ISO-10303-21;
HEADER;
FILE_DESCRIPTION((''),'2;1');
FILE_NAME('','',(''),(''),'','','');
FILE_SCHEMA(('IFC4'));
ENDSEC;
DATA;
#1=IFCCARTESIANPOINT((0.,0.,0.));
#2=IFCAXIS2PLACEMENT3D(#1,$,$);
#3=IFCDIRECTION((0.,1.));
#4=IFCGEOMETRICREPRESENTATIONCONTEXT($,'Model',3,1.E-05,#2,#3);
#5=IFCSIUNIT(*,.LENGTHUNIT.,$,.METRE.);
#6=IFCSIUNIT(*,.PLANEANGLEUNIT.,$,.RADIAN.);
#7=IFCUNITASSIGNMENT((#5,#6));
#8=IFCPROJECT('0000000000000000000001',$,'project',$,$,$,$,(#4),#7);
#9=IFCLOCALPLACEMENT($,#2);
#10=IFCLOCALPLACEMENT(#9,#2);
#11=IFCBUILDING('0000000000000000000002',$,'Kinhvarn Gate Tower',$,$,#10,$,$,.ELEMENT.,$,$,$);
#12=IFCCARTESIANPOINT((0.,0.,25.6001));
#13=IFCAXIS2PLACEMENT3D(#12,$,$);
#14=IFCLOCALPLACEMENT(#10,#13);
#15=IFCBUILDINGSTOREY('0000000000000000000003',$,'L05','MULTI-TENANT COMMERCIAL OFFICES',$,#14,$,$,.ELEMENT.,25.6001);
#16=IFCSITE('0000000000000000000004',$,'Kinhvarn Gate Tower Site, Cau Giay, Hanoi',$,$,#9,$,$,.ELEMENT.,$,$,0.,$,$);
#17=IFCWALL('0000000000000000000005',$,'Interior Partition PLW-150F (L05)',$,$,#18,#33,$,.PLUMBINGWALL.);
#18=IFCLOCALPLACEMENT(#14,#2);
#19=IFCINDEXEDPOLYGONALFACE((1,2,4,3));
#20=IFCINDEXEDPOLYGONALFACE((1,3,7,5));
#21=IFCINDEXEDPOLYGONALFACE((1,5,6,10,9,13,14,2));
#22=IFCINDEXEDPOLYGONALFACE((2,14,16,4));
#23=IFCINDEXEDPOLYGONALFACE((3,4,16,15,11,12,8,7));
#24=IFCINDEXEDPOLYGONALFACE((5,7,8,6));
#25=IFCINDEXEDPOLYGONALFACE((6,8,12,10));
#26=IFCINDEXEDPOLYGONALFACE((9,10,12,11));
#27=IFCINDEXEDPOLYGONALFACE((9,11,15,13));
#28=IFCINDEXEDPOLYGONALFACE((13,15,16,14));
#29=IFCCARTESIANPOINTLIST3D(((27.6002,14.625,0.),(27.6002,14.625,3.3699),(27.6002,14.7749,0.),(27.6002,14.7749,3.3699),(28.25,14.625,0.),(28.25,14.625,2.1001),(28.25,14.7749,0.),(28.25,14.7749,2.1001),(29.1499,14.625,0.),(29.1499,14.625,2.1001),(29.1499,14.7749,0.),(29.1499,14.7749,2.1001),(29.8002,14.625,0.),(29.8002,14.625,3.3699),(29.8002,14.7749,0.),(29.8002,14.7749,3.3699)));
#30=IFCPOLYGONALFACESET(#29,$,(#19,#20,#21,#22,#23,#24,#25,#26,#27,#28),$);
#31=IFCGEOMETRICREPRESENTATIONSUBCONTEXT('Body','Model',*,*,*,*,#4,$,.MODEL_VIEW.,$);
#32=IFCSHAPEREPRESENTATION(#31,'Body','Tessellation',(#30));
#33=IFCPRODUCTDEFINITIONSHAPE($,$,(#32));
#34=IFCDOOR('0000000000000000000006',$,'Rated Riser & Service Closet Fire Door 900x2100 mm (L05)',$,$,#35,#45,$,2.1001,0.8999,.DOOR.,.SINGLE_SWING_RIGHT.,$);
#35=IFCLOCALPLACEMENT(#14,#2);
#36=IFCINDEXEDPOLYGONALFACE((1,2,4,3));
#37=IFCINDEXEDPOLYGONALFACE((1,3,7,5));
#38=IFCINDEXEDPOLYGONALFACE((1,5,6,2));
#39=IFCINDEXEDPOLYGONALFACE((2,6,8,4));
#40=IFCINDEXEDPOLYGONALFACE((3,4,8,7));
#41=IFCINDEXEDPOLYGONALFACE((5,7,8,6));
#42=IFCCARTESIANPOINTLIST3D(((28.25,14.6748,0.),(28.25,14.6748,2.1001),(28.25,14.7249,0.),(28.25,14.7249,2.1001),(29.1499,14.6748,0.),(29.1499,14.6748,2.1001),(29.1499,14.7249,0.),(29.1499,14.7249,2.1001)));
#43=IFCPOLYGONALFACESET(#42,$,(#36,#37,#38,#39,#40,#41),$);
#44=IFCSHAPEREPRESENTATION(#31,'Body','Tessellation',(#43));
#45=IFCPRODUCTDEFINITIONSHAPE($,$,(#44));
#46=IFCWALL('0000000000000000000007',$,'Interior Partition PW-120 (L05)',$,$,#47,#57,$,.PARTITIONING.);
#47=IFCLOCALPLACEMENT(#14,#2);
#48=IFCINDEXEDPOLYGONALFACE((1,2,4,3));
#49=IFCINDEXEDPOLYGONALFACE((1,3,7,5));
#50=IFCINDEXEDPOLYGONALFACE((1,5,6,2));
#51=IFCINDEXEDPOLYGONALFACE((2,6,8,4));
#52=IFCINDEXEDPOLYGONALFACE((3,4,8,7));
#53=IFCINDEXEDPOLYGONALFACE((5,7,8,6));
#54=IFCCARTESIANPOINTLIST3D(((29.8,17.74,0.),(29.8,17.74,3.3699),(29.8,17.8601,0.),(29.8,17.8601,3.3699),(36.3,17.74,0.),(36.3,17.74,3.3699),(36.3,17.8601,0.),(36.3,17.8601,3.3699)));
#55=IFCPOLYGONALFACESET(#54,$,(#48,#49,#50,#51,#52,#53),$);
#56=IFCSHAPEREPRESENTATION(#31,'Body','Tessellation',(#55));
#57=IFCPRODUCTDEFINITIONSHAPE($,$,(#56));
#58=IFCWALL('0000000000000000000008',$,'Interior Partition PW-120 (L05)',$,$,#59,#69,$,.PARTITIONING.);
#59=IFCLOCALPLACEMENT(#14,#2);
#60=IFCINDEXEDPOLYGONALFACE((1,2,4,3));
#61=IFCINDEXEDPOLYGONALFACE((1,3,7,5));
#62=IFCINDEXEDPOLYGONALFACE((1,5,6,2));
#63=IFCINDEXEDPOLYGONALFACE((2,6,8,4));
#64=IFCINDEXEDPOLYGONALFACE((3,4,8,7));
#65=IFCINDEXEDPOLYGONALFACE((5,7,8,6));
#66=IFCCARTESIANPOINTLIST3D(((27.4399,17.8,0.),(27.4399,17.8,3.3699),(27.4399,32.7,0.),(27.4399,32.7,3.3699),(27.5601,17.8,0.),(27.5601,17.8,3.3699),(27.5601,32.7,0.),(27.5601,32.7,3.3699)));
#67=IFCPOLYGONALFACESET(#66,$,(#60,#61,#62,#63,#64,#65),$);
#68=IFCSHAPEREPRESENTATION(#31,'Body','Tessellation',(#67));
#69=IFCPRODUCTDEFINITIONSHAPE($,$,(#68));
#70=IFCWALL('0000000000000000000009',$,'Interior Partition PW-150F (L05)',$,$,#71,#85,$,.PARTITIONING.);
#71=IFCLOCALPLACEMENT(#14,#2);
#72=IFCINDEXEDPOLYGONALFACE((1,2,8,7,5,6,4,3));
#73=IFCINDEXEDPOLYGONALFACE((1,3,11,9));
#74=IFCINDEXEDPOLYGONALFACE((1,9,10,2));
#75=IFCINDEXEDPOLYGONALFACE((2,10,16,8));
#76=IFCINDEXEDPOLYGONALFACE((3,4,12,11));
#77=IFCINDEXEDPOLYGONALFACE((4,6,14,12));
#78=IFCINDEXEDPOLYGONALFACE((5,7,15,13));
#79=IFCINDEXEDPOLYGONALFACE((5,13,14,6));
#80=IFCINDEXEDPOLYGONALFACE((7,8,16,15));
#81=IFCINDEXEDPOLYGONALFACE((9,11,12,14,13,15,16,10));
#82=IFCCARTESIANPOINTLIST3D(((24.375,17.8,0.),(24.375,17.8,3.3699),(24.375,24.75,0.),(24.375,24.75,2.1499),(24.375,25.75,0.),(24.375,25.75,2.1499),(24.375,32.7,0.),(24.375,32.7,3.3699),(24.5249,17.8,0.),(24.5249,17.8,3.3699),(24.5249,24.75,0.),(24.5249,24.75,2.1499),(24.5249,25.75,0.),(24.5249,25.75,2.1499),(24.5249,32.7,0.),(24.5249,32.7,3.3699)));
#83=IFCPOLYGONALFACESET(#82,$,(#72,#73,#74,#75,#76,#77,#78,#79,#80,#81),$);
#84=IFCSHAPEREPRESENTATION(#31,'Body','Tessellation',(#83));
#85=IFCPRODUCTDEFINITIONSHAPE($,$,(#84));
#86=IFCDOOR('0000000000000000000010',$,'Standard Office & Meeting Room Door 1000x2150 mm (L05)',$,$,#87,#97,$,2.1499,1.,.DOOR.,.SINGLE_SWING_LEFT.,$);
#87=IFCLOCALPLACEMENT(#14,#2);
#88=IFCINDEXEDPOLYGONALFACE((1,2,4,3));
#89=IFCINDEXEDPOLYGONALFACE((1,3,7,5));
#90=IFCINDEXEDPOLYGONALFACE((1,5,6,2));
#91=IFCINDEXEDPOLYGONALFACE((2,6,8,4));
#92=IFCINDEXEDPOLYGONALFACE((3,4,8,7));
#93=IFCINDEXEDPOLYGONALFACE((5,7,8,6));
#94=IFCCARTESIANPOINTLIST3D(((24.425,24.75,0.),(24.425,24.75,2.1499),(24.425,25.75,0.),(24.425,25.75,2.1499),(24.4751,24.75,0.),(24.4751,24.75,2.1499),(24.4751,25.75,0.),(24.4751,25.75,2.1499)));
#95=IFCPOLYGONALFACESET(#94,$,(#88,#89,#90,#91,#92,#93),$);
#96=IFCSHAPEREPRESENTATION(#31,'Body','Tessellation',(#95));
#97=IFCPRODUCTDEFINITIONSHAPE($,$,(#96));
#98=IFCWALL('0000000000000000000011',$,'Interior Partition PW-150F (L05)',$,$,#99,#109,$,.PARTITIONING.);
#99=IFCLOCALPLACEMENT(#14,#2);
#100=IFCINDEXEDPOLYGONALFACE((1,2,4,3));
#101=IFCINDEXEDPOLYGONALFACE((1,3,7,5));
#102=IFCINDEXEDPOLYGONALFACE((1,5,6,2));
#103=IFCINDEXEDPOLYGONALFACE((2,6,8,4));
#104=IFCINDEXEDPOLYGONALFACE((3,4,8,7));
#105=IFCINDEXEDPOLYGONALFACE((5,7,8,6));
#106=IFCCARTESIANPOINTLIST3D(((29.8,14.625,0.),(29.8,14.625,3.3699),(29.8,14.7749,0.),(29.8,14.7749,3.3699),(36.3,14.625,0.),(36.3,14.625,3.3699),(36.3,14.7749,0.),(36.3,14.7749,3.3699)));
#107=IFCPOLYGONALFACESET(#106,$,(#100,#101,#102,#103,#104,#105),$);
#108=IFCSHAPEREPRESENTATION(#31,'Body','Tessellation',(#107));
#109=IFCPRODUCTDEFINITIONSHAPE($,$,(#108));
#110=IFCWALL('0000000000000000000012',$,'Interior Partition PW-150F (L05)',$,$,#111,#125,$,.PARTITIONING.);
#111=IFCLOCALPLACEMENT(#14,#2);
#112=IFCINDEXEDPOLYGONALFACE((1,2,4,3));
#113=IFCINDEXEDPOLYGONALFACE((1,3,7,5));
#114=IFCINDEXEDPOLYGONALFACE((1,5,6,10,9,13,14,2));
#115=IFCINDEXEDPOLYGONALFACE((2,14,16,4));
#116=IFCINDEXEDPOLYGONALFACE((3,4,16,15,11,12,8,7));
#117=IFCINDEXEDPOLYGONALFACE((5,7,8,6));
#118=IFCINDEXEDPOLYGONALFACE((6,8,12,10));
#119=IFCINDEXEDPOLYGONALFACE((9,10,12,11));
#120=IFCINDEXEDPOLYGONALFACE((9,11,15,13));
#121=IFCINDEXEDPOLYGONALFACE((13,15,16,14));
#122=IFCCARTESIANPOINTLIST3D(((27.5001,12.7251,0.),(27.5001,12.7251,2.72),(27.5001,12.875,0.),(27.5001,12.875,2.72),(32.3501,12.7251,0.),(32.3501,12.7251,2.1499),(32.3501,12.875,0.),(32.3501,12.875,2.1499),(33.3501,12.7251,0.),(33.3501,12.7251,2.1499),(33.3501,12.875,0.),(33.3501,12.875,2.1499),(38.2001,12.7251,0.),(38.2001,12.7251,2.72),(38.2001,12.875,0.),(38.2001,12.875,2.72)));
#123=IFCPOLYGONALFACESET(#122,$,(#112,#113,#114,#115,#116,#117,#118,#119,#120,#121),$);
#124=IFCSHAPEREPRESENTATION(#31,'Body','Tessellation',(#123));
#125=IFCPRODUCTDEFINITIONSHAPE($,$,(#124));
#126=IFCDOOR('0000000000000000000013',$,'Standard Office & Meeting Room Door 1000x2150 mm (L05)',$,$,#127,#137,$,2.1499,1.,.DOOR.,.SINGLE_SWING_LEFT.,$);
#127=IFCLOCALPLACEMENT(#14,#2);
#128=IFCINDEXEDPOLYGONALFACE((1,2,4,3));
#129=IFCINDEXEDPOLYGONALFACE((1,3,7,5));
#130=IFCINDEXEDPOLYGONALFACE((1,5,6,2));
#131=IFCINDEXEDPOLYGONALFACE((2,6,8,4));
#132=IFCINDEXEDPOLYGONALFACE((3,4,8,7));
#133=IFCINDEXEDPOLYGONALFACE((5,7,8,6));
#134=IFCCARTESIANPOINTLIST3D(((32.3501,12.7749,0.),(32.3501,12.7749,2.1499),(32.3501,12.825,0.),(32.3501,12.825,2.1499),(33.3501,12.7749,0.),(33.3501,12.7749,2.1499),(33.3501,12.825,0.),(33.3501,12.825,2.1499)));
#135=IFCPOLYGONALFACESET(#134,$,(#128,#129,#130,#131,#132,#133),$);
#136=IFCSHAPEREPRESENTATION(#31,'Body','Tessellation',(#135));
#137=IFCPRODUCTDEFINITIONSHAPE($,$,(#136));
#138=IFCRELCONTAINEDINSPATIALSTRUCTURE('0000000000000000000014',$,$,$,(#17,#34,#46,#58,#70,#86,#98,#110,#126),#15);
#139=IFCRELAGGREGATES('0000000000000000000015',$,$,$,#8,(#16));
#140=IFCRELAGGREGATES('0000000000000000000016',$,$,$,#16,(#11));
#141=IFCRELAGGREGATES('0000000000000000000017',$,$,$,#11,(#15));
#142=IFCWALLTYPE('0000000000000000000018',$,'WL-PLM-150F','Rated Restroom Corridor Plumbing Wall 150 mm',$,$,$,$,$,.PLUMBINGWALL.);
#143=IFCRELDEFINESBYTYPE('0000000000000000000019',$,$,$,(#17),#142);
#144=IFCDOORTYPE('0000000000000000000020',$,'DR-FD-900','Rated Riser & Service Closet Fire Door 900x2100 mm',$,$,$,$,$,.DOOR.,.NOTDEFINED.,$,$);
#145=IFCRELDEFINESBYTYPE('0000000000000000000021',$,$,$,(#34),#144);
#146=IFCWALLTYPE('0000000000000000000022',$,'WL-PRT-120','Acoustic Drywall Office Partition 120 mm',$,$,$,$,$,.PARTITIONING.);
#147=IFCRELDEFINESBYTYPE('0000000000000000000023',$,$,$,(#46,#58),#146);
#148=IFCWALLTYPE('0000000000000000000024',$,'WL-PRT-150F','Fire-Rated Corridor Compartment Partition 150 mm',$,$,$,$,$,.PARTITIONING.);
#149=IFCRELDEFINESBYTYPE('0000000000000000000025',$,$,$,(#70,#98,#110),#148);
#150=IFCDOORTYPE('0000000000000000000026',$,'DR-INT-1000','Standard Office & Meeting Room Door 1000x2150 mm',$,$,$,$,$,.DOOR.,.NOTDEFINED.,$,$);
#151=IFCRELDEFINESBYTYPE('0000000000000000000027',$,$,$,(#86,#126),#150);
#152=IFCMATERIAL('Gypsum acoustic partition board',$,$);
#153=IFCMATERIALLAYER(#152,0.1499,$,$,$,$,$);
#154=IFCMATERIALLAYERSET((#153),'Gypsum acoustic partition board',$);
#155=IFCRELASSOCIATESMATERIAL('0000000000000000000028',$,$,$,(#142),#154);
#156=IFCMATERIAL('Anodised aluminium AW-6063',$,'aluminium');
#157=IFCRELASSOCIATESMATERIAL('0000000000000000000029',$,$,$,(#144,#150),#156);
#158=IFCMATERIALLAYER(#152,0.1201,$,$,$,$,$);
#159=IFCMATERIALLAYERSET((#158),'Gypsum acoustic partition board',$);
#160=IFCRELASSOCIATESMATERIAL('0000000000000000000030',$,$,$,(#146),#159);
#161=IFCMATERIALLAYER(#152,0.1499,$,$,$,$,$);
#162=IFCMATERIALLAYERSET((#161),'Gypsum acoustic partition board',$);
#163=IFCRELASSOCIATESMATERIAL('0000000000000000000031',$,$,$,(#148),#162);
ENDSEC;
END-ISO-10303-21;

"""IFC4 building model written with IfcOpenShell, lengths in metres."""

from ifc_helpers import new_model, si_unit, direction, frame, frame_2d, origin, place, context, subcontext, project, spatial, rectangle, extrude, material, layer, layer_set, type_object, element, fill, save


model = new_model("IFC4")

# Units and contexts
model_context = context("Model", 3, precision=1e-05, world=origin(), true_north=direction((0.0, 1.0)))
body_context = subcontext(model_context, "Body", "Model", "MODEL_VIEW")
ifc_project = project(units=[si_unit("LENGTHUNIT", "METRE"), si_unit("PLANEANGLEUNIT", "RADIAN")], contexts=[model_context])

# Site, building, storey
site_placement = place(None, origin())
site = spatial("IfcSite", under=ifc_project, at=site_placement, Name="Kinhvarn Gate Tower Site, Cau Giay, Hanoi", CompositionType="ELEMENT", RefElevation=0.0)
building_placement = place(site_placement, origin())
building = spatial("IfcBuilding", under=site, at=building_placement, Name="Kinhvarn Gate Tower", CompositionType="ELEMENT")
storey_placement = place(building_placement, frame((0.0, 0.0, 25.6001)))
storey = spatial("IfcBuildingStorey", under=building, at=storey_placement, Name="L05", Description="MULTI-TENANT COMMERCIAL OFFICES", CompositionType="ELEMENT", Elevation=25.6001)

# Shared definitions
ifc_material_1 = material(Name="Gypsum acoustic partition board")
ifc_layer_1 = layer(ifc_material_1, 0.1499)
ifc_layer_set_1 = layer_set([ifc_layer_1], Name="Gypsum acoustic partition board")
wall_type_1 = type_object("IfcWallType", Name="WL-PLM-150F", Description="Rated Restroom Corridor Plumbing Wall 150 mm", PredefinedType="PLUMBINGWALL", material=ifc_layer_set_1)

# Wall, opening, door
wall_1_placement = place(storey_placement, frame((27.6001, 14.7, 0.0), z_axis=(0.0, 0.0, 1.0), x_axis=(1.0, 0.0, 0.0)))
wall_1 = element("IfcWall", 1, at=wall_1_placement, inside=storey, type_object=wall_type_1, Name="Interior Partition PLW-150F (L05)", PredefinedType="PLUMBINGWALL", context=body_context, shape_type="SweptSolid", body=[
    extrude(rectangle(XDim=2.2, YDim=0.1499, at=frame_2d((1.1001, 0.0))), origin(), (0.0, 0.0, 1.0), 3.3699),
])
opening_1_placement = place(wall_1_placement, frame((0.6499, 0.0, 0.0)))
opening_1 = element("IfcOpeningElement", 2, at=opening_1_placement, cuts=wall_1, PredefinedType="OPENING", context=body_context, shape_type="SweptSolid", body=[
    extrude(rectangle(XDim=0.8999, YDim=2.1001, at=frame_2d((0.45, 1.05))), frame((0.0, 0.085, 0.0), z_axis=(0.0, -1.0, 0.0), x_axis=(1.0, 0.0, 0.0)), (0.0, 0.0, 1.0), 0.1699),
])
ifc_material_2 = material(Name="Anodised aluminium AW-6063", Category="aluminium")
door_type_1 = type_object("IfcDoorType", Name="DR-FD-900", Description="Rated Riser & Service Closet Fire Door 900x2100 mm", OperationType="NOTDEFINED", PredefinedType="DOOR", material=ifc_material_2)
door_1_placement = place(opening_1_placement, origin())
door_1 = element("IfcDoor", 3, at=door_1_placement, inside=storey, type_object=door_type_1, Name="Rated Riser & Service Closet Fire Door 900x2100 mm (L05)", OperationType="SINGLE_SWING_RIGHT", OverallHeight=2.1001, OverallWidth=0.8999, PredefinedType="DOOR", context=body_context, shape_type="SweptSolid", body=[
    extrude(rectangle(XDim=0.8999, YDim=2.1001, at=frame_2d((0.45, 1.05))), frame((0.0, 0.0249, 0.0), z_axis=(0.0, -1.0, 0.0), x_axis=(1.0, 0.0, 0.0)), (0.0, 0.0, 1.0), 0.05),
])
fill(opening_1, door_1)

# Walls
ifc_layer_2 = layer(ifc_material_1, 0.1201)
ifc_layer_set_2 = layer_set([ifc_layer_2], Name="Gypsum acoustic partition board")
wall_type_2 = type_object("IfcWallType", Name="WL-PRT-120", Description="Acoustic Drywall Office Partition 120 mm", PredefinedType="PARTITIONING", material=ifc_layer_set_2)
wall_2_placement = place(storey_placement, frame((29.8, 17.8, 0.0), z_axis=(0.0, 0.0, 1.0), x_axis=(1.0, 0.0, 0.0)))
element("IfcWall", 4, at=wall_2_placement, inside=storey, type_object=wall_type_2, Name="Interior Partition PW-120 (L05)", PredefinedType="PARTITIONING", context=body_context, shape_type="SweptSolid", body=[
    extrude(rectangle(XDim=6.5, YDim=0.1201, at=frame_2d((3.25, 0.0))), origin(), (0.0, 0.0, 1.0), 3.3699),
])
wall_3_placement = place(storey_placement, frame((27.5, 17.8, 0.0), z_axis=(0.0, 0.0, 1.0), x_axis=(0.0, 1.0, 0.0)))
element("IfcWall", 5, at=wall_3_placement, inside=storey, type_object=wall_type_2, Name="Interior Partition PW-120 (L05)", PredefinedType="PARTITIONING", context=body_context, shape_type="SweptSolid", body=[
    extrude(rectangle(XDim=14.8999, YDim=0.1201, at=frame_2d((7.45, 0.0))), origin(), (0.0, 0.0, 1.0), 3.3699),
])

# Wall, opening, door
ifc_layer_3 = layer(ifc_material_1, 0.1499)
ifc_layer_set_3 = layer_set([ifc_layer_3], Name="Gypsum acoustic partition board")
wall_type_3 = type_object("IfcWallType", Name="WL-PRT-150F", Description="Fire-Rated Corridor Compartment Partition 150 mm", PredefinedType="PARTITIONING", material=ifc_layer_set_3)
wall_4_placement = place(storey_placement, frame((24.45, 17.8, 0.0), z_axis=(0.0, 0.0, 1.0), x_axis=(0.0, 1.0, 0.0)))
wall_4 = element("IfcWall", 6, at=wall_4_placement, inside=storey, type_object=wall_type_3, Name="Interior Partition PW-150F (L05)", PredefinedType="PARTITIONING", context=body_context, shape_type="SweptSolid", body=[
    extrude(rectangle(XDim=14.8999, YDim=0.1499, at=frame_2d((7.45, 0.0))), origin(), (0.0, 0.0, 1.0), 3.3699),
])
opening_2_placement = place(wall_4_placement, frame((6.95, 0.0, 0.0)))
opening_2 = element("IfcOpeningElement", 7, at=opening_2_placement, cuts=wall_4, PredefinedType="OPENING", context=body_context, shape_type="SweptSolid", body=[
    extrude(rectangle(XDim=1.0, YDim=2.1499, at=frame_2d((0.5, 1.075))), frame((0.0, 0.085, 0.0), z_axis=(0.0, -1.0, 0.0), x_axis=(1.0, 0.0, 0.0)), (0.0, 0.0, 1.0), 0.1699),
])
door_type_2 = type_object("IfcDoorType", Name="DR-INT-1000", Description="Standard Office & Meeting Room Door 1000x2150 mm", OperationType="NOTDEFINED", PredefinedType="DOOR", material=ifc_material_2)
door_2_placement = place(opening_2_placement, origin())
door_2 = element("IfcDoor", 8, at=door_2_placement, inside=storey, type_object=door_type_2, Name="Standard Office & Meeting Room Door 1000x2150 mm (L05)", OperationType="SINGLE_SWING_LEFT", OverallHeight=2.1499, OverallWidth=1.0, PredefinedType="DOOR", context=body_context, shape_type="SweptSolid", body=[
    extrude(rectangle(XDim=1.0, YDim=2.1499, at=frame_2d((0.5, 1.075))), frame((0.0, 0.0249, 0.0), z_axis=(0.0, -1.0, 0.0), x_axis=(1.0, 0.0, 0.0)), (0.0, 0.0, 1.0), 0.05),
])
fill(opening_2, door_2)

# Wall
wall_5_placement = place(storey_placement, frame((29.8, 14.7, 0.0), z_axis=(0.0, 0.0, 1.0), x_axis=(1.0, 0.0, 0.0)))
element("IfcWall", 9, at=wall_5_placement, inside=storey, type_object=wall_type_3, Name="Interior Partition PW-150F (L05)", PredefinedType="PARTITIONING", context=body_context, shape_type="SweptSolid", body=[
    extrude(rectangle(XDim=6.5, YDim=0.1499, at=frame_2d((3.25, 0.0))), origin(), (0.0, 0.0, 1.0), 3.3699),
])

# Wall, opening, door
wall_6_placement = place(storey_placement, frame((27.5, 12.8, 0.0), z_axis=(0.0, 0.0, 1.0), x_axis=(1.0, 0.0, 0.0)))
wall_6 = element("IfcWall", 10, at=wall_6_placement, inside=storey, type_object=wall_type_3, Name="Interior Partition PW-150F (L05)", PredefinedType="PARTITIONING", context=body_context, shape_type="SweptSolid", body=[
    extrude(rectangle(XDim=10.7, YDim=0.1499, at=frame_2d((5.3501, 0.0))), origin(), (0.0, 0.0, 1.0), 2.72),
])
opening_3_placement = place(wall_6_placement, frame((4.8501, 0.0, 0.0)))
opening_3 = element("IfcOpeningElement", 11, at=opening_3_placement, cuts=wall_6, PredefinedType="OPENING", context=body_context, shape_type="SweptSolid", body=[
    extrude(rectangle(XDim=1.0, YDim=2.1499, at=frame_2d((0.5, 1.075))), frame((0.0, 0.085, 0.0), z_axis=(0.0, -1.0, 0.0), x_axis=(1.0, 0.0, 0.0)), (0.0, 0.0, 1.0), 0.1699),
])
door_3_placement = place(opening_3_placement, origin())
door_3 = element("IfcDoor", 12, at=door_3_placement, inside=storey, type_object=door_type_2, Name="Standard Office & Meeting Room Door 1000x2150 mm (L05)", OperationType="SINGLE_SWING_LEFT", OverallHeight=2.1499, OverallWidth=1.0, PredefinedType="DOOR", context=body_context, shape_type="SweptSolid", body=[
    extrude(rectangle(XDim=1.0, YDim=2.1499, at=frame_2d((0.5, 1.075))), frame((0.0, 0.0249, 0.0), z_axis=(0.0, -1.0, 0.0), x_axis=(1.0, 0.0, 0.0)), (0.0, 0.0, 1.0), 0.05),
])
fill(opening_3, door_3)

save(model, "model.ifc")
